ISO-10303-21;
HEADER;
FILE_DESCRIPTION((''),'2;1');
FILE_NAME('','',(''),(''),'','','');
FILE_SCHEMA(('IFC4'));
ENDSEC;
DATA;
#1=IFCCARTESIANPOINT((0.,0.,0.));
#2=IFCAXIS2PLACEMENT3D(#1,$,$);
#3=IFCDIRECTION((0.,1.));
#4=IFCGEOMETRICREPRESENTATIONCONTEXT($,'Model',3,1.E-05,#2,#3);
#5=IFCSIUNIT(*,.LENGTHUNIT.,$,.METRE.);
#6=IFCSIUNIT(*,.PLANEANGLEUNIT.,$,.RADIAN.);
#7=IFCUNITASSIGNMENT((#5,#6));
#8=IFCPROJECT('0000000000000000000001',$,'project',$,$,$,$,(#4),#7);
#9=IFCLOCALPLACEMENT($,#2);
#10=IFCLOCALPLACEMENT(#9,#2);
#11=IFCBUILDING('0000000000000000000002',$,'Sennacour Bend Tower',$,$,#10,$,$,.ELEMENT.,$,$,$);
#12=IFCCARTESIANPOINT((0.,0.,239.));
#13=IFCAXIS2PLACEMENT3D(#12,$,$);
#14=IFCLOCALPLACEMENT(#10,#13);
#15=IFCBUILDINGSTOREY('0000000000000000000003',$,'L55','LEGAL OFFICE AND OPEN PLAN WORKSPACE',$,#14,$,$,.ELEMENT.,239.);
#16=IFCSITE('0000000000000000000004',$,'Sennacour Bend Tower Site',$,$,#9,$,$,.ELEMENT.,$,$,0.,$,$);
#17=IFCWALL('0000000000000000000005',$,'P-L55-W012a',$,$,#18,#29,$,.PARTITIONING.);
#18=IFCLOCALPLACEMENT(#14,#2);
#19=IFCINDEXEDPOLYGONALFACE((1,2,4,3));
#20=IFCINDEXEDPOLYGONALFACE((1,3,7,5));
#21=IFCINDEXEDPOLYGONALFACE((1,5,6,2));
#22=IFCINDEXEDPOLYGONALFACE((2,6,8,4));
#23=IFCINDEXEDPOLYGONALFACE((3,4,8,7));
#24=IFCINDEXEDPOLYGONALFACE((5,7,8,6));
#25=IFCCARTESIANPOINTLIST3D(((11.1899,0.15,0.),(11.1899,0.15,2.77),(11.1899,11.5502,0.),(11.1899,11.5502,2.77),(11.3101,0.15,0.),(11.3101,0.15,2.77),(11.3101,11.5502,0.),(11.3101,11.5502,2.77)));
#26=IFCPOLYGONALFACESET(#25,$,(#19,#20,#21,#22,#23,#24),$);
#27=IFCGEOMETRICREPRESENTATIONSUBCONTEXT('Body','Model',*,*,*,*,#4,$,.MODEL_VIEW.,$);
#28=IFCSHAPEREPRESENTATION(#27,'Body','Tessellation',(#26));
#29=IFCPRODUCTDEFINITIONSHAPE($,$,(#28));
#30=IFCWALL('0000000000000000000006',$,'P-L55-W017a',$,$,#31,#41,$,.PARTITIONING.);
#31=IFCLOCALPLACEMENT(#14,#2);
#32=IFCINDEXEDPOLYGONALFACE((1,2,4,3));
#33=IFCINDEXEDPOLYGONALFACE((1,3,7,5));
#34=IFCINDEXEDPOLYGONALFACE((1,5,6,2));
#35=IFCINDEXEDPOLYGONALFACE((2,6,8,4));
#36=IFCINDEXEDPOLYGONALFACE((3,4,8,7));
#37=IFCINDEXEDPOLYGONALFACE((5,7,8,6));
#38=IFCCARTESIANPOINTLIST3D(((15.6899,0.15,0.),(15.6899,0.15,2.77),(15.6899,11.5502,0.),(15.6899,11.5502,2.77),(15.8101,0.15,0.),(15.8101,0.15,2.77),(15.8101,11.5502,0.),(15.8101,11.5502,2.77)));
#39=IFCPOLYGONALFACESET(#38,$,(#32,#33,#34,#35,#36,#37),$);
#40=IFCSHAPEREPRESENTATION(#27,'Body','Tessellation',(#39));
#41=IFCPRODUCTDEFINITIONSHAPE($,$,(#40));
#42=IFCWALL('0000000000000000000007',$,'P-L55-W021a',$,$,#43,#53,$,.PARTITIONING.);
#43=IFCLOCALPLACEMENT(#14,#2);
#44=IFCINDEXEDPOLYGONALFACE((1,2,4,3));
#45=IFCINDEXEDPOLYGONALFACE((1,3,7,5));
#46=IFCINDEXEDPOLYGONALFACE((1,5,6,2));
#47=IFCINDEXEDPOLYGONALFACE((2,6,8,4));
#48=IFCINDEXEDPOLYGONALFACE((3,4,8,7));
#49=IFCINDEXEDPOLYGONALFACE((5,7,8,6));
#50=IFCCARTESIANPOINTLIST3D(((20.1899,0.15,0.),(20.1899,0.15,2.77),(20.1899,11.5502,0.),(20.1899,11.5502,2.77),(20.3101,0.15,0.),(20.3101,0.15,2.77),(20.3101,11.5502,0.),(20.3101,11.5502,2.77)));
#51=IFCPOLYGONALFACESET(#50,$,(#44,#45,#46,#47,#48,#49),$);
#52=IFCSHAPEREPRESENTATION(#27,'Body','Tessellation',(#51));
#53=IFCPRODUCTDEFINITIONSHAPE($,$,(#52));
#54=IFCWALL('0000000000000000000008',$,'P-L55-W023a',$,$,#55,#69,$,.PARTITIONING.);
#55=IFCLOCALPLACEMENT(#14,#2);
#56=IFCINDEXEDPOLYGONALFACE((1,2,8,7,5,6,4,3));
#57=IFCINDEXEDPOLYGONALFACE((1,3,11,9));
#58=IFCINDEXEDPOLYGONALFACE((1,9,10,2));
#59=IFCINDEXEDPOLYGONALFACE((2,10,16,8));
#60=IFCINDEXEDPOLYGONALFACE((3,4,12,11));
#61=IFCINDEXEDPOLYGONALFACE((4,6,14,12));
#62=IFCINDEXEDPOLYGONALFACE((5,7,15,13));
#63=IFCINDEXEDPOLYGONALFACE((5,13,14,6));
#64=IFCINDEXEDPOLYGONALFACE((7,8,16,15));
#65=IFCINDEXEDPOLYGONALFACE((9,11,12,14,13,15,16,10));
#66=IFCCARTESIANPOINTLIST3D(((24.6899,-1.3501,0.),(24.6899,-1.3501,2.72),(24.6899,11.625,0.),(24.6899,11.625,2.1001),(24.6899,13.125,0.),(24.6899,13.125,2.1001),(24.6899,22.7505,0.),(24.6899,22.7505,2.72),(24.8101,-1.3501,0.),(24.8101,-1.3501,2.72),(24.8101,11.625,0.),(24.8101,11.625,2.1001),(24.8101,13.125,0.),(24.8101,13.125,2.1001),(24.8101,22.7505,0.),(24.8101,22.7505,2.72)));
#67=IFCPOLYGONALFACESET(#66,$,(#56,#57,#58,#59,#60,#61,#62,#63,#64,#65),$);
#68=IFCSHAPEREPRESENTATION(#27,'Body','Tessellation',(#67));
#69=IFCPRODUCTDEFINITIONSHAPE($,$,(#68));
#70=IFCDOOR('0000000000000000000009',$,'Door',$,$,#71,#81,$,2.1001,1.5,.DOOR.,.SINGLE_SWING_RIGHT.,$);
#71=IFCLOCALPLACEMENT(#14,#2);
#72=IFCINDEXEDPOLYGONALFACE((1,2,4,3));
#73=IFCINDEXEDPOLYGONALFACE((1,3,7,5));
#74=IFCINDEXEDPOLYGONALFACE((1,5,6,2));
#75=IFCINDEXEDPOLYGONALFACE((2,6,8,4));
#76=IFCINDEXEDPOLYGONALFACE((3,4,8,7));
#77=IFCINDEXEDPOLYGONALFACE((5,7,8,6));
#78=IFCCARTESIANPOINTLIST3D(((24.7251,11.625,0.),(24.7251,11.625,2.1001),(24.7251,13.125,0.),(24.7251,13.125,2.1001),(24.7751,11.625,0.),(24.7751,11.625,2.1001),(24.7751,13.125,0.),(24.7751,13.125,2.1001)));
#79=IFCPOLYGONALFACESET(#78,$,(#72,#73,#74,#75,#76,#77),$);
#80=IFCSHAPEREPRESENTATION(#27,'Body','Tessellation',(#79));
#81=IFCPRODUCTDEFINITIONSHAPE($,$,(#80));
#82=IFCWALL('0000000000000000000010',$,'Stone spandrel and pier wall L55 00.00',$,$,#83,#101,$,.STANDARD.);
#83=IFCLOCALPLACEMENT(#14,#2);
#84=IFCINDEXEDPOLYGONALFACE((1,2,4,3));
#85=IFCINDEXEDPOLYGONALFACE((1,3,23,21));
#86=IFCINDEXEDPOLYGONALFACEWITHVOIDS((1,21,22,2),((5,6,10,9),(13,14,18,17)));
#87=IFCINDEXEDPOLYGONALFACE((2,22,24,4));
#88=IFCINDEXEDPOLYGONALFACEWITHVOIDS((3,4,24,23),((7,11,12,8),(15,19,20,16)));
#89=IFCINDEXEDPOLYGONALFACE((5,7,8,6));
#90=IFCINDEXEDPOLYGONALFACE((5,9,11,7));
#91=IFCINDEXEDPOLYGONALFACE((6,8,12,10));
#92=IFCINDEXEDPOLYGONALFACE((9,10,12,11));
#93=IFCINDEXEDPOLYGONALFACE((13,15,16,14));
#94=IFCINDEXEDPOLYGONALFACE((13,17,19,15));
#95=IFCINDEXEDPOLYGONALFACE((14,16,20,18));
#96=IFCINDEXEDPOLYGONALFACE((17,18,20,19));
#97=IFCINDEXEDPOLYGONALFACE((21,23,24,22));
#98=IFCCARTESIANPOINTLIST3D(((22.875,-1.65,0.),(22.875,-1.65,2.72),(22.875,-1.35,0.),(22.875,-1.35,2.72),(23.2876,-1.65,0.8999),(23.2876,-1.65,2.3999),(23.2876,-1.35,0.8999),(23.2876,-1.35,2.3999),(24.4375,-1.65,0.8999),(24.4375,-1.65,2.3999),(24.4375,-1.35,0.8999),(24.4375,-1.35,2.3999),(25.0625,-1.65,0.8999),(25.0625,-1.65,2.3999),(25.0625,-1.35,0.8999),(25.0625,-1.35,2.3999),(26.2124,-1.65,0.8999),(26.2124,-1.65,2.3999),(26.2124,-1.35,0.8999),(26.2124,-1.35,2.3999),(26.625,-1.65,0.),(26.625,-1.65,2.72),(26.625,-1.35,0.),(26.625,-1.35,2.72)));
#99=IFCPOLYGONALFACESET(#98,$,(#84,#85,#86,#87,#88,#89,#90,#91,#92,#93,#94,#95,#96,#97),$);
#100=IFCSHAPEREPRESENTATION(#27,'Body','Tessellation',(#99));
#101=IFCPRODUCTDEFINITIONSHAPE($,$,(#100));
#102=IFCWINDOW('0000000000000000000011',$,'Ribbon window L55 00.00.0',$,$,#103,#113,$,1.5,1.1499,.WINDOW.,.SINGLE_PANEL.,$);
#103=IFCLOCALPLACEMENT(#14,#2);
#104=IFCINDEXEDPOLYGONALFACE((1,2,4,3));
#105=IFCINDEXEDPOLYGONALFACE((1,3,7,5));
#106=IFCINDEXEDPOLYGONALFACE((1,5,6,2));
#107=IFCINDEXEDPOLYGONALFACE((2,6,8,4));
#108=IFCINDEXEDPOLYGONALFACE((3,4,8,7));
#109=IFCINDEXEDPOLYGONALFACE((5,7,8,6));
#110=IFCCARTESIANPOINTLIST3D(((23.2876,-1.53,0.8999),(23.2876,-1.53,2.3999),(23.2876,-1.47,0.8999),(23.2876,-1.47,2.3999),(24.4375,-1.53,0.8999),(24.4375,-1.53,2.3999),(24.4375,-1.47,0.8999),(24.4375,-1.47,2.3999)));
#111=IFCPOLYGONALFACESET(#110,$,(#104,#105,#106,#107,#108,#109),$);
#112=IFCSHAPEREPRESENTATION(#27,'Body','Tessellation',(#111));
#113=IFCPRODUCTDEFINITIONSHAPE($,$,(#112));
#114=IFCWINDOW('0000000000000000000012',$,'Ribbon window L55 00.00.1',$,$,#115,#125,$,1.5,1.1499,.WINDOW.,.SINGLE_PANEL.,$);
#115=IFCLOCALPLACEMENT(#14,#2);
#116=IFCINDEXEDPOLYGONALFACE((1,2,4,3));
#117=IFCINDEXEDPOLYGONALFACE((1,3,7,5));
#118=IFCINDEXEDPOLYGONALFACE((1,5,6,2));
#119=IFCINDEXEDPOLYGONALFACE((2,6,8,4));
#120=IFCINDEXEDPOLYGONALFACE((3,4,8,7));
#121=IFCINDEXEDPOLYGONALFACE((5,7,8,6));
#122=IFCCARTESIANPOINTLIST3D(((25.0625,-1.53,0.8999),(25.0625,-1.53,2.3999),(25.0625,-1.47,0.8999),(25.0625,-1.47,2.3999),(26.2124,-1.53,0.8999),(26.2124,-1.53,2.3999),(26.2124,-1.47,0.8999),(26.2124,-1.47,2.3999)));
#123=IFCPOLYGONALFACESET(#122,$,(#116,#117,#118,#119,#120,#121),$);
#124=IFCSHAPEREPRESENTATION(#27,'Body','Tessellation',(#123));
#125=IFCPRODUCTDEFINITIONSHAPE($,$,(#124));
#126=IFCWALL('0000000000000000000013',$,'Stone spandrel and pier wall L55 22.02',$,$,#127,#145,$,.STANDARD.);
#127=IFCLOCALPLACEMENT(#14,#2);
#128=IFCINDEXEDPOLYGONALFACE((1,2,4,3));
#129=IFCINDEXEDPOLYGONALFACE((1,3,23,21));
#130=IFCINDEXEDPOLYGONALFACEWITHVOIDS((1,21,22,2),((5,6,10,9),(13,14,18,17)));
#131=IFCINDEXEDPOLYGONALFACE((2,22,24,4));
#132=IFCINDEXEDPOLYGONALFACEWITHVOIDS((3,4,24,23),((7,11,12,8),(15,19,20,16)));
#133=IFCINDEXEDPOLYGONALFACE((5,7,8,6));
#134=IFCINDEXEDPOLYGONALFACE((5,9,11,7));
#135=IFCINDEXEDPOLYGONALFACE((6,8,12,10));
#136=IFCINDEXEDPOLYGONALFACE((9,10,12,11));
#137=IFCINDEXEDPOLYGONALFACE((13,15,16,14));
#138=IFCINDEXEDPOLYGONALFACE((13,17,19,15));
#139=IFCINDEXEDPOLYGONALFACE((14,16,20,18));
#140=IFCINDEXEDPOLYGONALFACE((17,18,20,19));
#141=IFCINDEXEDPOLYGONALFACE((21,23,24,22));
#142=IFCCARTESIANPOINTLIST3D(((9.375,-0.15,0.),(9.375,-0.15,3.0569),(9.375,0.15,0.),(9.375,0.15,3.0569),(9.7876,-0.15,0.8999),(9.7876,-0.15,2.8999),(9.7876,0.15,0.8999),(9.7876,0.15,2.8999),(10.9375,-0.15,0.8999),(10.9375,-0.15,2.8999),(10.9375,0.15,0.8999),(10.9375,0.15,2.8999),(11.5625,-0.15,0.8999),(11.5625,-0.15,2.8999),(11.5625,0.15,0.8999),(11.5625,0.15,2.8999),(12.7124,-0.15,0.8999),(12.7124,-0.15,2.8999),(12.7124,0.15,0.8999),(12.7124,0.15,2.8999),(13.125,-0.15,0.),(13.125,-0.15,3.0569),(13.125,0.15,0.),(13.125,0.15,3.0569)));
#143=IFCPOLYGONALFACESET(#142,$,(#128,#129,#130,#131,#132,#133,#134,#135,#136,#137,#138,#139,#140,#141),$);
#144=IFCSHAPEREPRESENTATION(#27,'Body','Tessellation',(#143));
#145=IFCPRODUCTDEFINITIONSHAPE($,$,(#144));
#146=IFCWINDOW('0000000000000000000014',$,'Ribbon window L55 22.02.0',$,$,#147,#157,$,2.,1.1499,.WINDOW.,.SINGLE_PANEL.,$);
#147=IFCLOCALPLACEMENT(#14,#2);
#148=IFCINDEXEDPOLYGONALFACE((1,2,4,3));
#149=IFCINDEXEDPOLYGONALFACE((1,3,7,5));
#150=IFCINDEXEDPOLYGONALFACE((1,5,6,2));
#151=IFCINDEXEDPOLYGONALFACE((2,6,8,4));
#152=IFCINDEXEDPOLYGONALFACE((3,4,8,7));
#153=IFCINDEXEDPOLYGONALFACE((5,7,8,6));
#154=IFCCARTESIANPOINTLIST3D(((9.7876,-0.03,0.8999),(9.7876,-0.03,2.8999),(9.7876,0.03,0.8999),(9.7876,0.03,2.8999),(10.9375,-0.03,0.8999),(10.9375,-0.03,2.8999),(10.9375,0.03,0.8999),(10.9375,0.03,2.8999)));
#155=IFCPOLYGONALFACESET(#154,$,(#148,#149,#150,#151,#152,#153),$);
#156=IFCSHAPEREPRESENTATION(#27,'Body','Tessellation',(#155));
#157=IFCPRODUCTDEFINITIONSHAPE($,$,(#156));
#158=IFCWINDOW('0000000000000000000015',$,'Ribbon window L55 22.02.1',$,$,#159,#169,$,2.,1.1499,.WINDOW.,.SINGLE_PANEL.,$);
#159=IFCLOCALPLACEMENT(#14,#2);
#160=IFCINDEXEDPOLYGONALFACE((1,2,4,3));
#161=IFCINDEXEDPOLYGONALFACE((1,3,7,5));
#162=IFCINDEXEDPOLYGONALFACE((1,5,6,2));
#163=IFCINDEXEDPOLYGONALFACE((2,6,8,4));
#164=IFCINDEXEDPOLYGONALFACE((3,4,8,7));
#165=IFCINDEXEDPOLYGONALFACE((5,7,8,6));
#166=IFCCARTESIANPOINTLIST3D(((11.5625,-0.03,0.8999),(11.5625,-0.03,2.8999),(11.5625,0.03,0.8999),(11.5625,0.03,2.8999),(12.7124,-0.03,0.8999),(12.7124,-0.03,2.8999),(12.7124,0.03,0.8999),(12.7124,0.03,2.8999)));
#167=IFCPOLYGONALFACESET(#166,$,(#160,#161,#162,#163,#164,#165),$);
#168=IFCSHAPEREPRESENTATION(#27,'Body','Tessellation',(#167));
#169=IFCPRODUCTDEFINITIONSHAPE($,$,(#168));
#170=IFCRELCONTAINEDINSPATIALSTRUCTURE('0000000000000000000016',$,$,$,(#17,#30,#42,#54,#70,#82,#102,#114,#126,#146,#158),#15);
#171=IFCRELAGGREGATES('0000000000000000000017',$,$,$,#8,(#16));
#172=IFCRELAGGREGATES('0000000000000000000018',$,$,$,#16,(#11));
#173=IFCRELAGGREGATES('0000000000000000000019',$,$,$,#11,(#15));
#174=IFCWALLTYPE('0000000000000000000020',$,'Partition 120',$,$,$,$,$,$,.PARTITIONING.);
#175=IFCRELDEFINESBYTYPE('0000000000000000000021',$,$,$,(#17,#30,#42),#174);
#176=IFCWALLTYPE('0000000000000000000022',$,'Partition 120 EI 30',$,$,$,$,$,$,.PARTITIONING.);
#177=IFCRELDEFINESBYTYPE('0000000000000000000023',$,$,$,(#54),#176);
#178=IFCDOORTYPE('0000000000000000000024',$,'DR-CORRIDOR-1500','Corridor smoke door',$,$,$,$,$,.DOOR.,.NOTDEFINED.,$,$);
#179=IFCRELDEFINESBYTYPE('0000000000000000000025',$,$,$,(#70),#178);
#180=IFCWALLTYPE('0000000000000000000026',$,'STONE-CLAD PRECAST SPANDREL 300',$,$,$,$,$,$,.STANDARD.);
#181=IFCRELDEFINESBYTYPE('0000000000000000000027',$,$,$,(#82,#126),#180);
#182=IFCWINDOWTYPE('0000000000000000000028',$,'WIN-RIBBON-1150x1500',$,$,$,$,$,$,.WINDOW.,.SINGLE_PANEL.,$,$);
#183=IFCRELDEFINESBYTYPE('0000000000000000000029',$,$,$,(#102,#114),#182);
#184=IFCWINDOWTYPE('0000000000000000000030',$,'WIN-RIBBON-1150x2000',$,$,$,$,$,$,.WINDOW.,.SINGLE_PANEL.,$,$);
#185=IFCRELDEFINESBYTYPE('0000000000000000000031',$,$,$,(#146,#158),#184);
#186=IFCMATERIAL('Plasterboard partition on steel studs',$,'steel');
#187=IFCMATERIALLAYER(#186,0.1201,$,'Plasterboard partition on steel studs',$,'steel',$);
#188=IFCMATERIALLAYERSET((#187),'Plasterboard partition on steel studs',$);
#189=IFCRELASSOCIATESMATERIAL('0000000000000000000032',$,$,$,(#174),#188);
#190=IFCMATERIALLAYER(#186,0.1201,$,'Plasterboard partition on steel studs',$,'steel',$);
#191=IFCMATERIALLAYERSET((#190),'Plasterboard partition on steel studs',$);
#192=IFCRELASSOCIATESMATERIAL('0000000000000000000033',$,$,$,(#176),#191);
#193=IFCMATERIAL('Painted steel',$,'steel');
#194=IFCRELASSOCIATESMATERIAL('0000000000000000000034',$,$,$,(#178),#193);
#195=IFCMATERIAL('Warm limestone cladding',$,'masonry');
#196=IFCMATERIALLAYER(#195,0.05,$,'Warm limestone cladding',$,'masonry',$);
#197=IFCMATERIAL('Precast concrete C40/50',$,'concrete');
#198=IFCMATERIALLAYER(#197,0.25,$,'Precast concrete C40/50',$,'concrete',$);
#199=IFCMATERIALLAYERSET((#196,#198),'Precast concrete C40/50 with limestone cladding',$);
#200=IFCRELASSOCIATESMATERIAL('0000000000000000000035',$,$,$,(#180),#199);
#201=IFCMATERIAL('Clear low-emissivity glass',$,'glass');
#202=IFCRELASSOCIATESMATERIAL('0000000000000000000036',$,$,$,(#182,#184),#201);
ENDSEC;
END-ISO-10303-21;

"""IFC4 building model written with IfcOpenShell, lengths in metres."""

from ifc_helpers import new_model, si_unit, direction, frame, frame_2d, origin, place, context, subcontext, project, spatial, rectangle, extrude, material, layer, layer_set, type_object, element, fill, save


model = new_model("IFC4")

# Units and contexts
model_context = context("Model", 3, precision=1e-05, world=origin(), true_north=direction((0.0, 1.0)))
body_context = subcontext(model_context, "Body", "Model", "MODEL_VIEW")
ifc_project = project(units=[si_unit("LENGTHUNIT", "METRE"), si_unit("PLANEANGLEUNIT", "RADIAN")], contexts=[model_context])

# Site, building, storey
site_placement = place(None, origin())
site = spatial("IfcSite", under=ifc_project, at=site_placement, Name="Sennacour Bend Tower Site", CompositionType="ELEMENT", RefElevation=0.0)
building_placement = place(site_placement, origin())
building = spatial("IfcBuilding", under=site, at=building_placement, Name="Sennacour Bend Tower", CompositionType="ELEMENT")
storey_placement = place(building_placement, frame((0.0, 0.0, 239.0)))
storey = spatial("IfcBuildingStorey", under=building, at=storey_placement, Name="L55", Description="LEGAL OFFICE AND OPEN PLAN WORKSPACE", CompositionType="ELEMENT", Elevation=239.0)

# Walls
ifc_material_1 = material(Name="Plasterboard partition on steel studs", Category="steel")
ifc_layer_1 = layer(ifc_material_1, 0.1201, Name="Plasterboard partition on steel studs", Category="steel")
ifc_layer_set_1 = layer_set([ifc_layer_1], Name="Plasterboard partition on steel studs")
wall_type_1 = type_object("IfcWallType", Name="Partition 120", PredefinedType="PARTITIONING", material=ifc_layer_set_1)
for number, where, z_axis, x_axis, name in (
    (1, (11.25, 0.1499, 0.0), (0.0, 0.0, 1.0), (0.0, 1.0, 0.0), "P-L55-W012a"),
    (2, (15.75, 0.1499, 0.0), (0.0, 0.0, 1.0), (0.0, 1.0, 0.0), "P-L55-W017a"),
    (3, (20.25, 0.1499, 0.0), (0.0, 0.0, 1.0), (0.0, 1.0, 0.0), "P-L55-W021a"),
):
    element("IfcWall", number, at=place(storey_placement, frame(where, z_axis=z_axis, x_axis=x_axis)), inside=storey, type_object=wall_type_1, Name=name, PredefinedType="PARTITIONING", context=body_context, shape_type="SweptSolid", body=[
        extrude(rectangle(XDim=11.4001, YDim=0.1201, at=frame_2d((5.7002, 0.0))), origin(), (0.0, 0.0, 1.0), 2.77),
    ])

# Wall, opening, door
ifc_layer_2 = layer(ifc_material_1, 0.1201, Name="Plasterboard partition on steel studs", Category="steel")
ifc_layer_set_2 = layer_set([ifc_layer_2], Name="Plasterboard partition on steel studs")
wall_type_2 = type_object("IfcWallType", Name="Partition 120 EI 30", PredefinedType="PARTITIONING", material=ifc_layer_set_2)
wall_1_placement = place(storey_placement, frame((24.75, -1.3501, 0.0), z_axis=(0.0, 0.0, 1.0), x_axis=(0.0, 1.0, 0.0)))
wall_1 = element("IfcWall", 4, at=wall_1_placement, inside=storey, type_object=wall_type_2, Name="P-L55-W023a", PredefinedType="PARTITIONING", context=body_context, shape_type="SweptSolid", body=[
    extrude(rectangle(XDim=24.1006, YDim=0.1201, at=frame_2d((12.0503, 0.0))), origin(), (0.0, 0.0, 1.0), 2.72),
])
opening_1_placement = place(wall_1_placement, frame((12.9751, 0.0, 0.0)))
opening_1 = element("IfcOpeningElement", 5, at=opening_1_placement, cuts=wall_1, PredefinedType="OPENING", context=body_context, shape_type="SweptSolid", body=[
    extrude(rectangle(XDim=1.5, YDim=2.1001, at=frame_2d((0.75, 1.05))), frame((0.0, 0.0701, 0.0), z_axis=(0.0, -1.0, 0.0), x_axis=(1.0, 0.0, 0.0)), (0.0, 0.0, 1.0), 0.1401),
])
ifc_material_2 = material(Name="Painted steel", Category="steel")
door_type = type_object("IfcDoorType", Name="DR-CORRIDOR-1500", Description="Corridor smoke door", OperationType="NOTDEFINED", PredefinedType="DOOR", material=ifc_material_2)
door_placement = place(opening_1_placement, origin())
door = element("IfcDoor", 6, at=door_placement, inside=storey, type_object=door_type, Name="Door", OperationType="SINGLE_SWING_RIGHT", OverallHeight=2.1001, OverallWidth=1.5, PredefinedType="DOOR", context=body_context, shape_type="SweptSolid", body=[
    extrude(rectangle(XDim=1.5, YDim=2.1001, at=frame_2d((0.75, 1.05))), frame((0.0, 0.0249, 0.0), z_axis=(0.0, -1.0, 0.0), x_axis=(1.0, 0.0, 0.0)), (0.0, 0.0, 1.0), 0.05),
])
fill(opening_1, door)

# Walls, openings, windows
ifc_material_3 = material(Name="Warm limestone cladding", Category="masonry")
ifc_layer_3 = layer(ifc_material_3, 0.05, Name="Warm limestone cladding", Category="masonry")
ifc_material_4 = material(Name="Precast concrete C40/50", Category="concrete")
ifc_layer_4 = layer(ifc_material_4, 0.25, Name="Precast concrete C40/50", Category="concrete")
ifc_layer_set_3 = layer_set([ifc_layer_3, ifc_layer_4], Name="Precast concrete C40/50 with limestone cladding")
wall_type_3 = type_object("IfcWallType", Name="STONE-CLAD PRECAST SPANDREL 300", PredefinedType="STANDARD", material=ifc_layer_set_3)
wall_2_placement = place(storey_placement, frame((22.875, -1.5, 0.0), z_axis=(0.0, 0.0, 1.0), x_axis=(1.0, 0.0, 0.0)))
wall_2 = element("IfcWall", 7, at=wall_2_placement, inside=storey, type_object=wall_type_3, Name="Stone spandrel and pier wall L55 00.00", PredefinedType="STANDARD", context=body_context, shape_type="SweptSolid", body=[
    extrude(rectangle(XDim=3.75, YDim=0.3, at=frame_2d((1.875, 0.0))), origin(), (0.0, 0.0, 1.0), 2.72),
])
opening_2_placement = place(wall_2_placement, frame((0.4126, 0.0, 0.8999)))
opening_2 = element("IfcOpeningElement", 8, at=opening_2_placement, cuts=wall_2, PredefinedType="OPENING", context=body_context, shape_type="SweptSolid", body=[
    extrude(rectangle(XDim=1.1499, YDim=1.5, at=frame_2d((0.575, 0.75))), frame((0.0, 0.1602, 0.0), z_axis=(0.0, -1.0, 0.0), x_axis=(1.0, 0.0, 0.0)), (0.0, 0.0, 1.0), 0.3201),
])
opening_3_placement = place(wall_2_placement, frame((2.1875, 0.0, 0.8999)))
opening_3 = element("IfcOpeningElement", 9, at=opening_3_placement, cuts=wall_2, PredefinedType="OPENING", context=body_context, shape_type="SweptSolid", body=[
    extrude(rectangle(XDim=1.1499, YDim=1.5, at=frame_2d((0.575, 0.75))), frame((0.0, 0.1602, 0.0), z_axis=(0.0, -1.0, 0.0), x_axis=(1.0, 0.0, 0.0)), (0.0, 0.0, 1.0), 0.3201),
])
ifc_material_5 = material(Name="Clear low-emissivity glass", Category="glass")
window_type_1 = type_object("IfcWindowType", Name="WIN-RIBBON-1150x1500", PartitioningType="SINGLE_PANEL", PredefinedType="WINDOW", material=ifc_material_5)
window_1_placement = place(opening_2_placement, origin())
window_1 = element("IfcWindow", 10, at=window_1_placement, inside=storey, type_object=window_type_1, Name="Ribbon window L55 00.00.0", OverallHeight=1.5, OverallWidth=1.1499, PartitioningType="SINGLE_PANEL", PredefinedType="WINDOW", context=body_context, shape_type="SweptSolid", body=[
    extrude(rectangle(XDim=1.1499, YDim=1.5, at=frame_2d((0.575, 0.75))), frame((0.0, 0.03, 0.0), z_axis=(0.0, -1.0, 0.0), x_axis=(1.0, 0.0, 0.0)), (0.0, 0.0, 1.0), 0.0601),
])
fill(opening_2, window_1)
window_2_placement = place(opening_3_placement, origin())
window_2 = element("IfcWindow", 11, at=window_2_placement, inside=storey, type_object=window_type_1, Name="Ribbon window L55 00.00.1", OverallHeight=1.5, OverallWidth=1.1499, PartitioningType="SINGLE_PANEL", PredefinedType="WINDOW", context=body_context, shape_type="SweptSolid", body=[
    extrude(rectangle(XDim=1.1499, YDim=1.5, at=frame_2d((0.575, 0.75))), frame((0.0, 0.03, 0.0), z_axis=(0.0, -1.0, 0.0), x_axis=(1.0, 0.0, 0.0)), (0.0, 0.0, 1.0), 0.0601),
])
fill(opening_3, window_2)
wall_3_placement = place(storey_placement, frame((9.375, 0.0, 0.0), z_axis=(0.0, 0.0, 1.0), x_axis=(1.0, 0.0, 0.0)))
wall_3 = element("IfcWall", 12, at=wall_3_placement, inside=storey, type_object=wall_type_3, Name="Stone spandrel and pier wall L55 22.02", PredefinedType="STANDARD", context=body_context, shape_type="SweptSolid", body=[
    extrude(rectangle(XDim=3.75, YDim=0.3, at=frame_2d((1.875, 0.0))), origin(), (0.0, 0.0, 1.0), 3.0569),
])
opening_4_placement = place(wall_3_placement, frame((0.4126, 0.0, 0.8999)))
opening_4 = element("IfcOpeningElement", 13, at=opening_4_placement, cuts=wall_3, PredefinedType="OPENING", context=body_context, shape_type="SweptSolid", body=[
    extrude(rectangle(XDim=1.1499, YDim=2.0, at=frame_2d((0.575, 1.0))), frame((0.0, 0.1602, 0.0), z_axis=(0.0, -1.0, 0.0), x_axis=(1.0, 0.0, 0.0)), (0.0, 0.0, 1.0), 0.3201),
])
opening_5_placement = place(wall_3_placement, frame((2.1875, 0.0, 0.8999)))
opening_5 = element("IfcOpeningElement", 14, at=opening_5_placement, cuts=wall_3, PredefinedType="OPENING", context=body_context, shape_type="SweptSolid", body=[
    extrude(rectangle(XDim=1.1499, YDim=2.0, at=frame_2d((0.575, 1.0))), frame((0.0, 0.1602, 0.0), z_axis=(0.0, -1.0, 0.0), x_axis=(1.0, 0.0, 0.0)), (0.0, 0.0, 1.0), 0.3201),
])
window_type_2 = type_object("IfcWindowType", Name="WIN-RIBBON-1150x2000", PartitioningType="SINGLE_PANEL", PredefinedType="WINDOW", material=ifc_material_5)
window_3_placement = place(opening_4_placement, origin())
window_3 = element("IfcWindow", 15, at=window_3_placement, inside=storey, type_object=window_type_2, Name="Ribbon window L55 22.02.0", OverallHeight=2.0, OverallWidth=1.1499, PartitioningType="SINGLE_PANEL", PredefinedType="WINDOW", context=body_context, shape_type="SweptSolid", body=[
    extrude(rectangle(XDim=1.1499, YDim=2.0, at=frame_2d((0.575, 1.0))), frame((0.0, 0.03, 0.0), z_axis=(0.0, -1.0, 0.0), x_axis=(1.0, 0.0, 0.0)), (0.0, 0.0, 1.0), 0.0601),
])
fill(opening_4, window_3)
window_4_placement = place(opening_5_placement, origin())
window_4 = element("IfcWindow", 16, at=window_4_placement, inside=storey, type_object=window_type_2, Name="Ribbon window L55 22.02.1", OverallHeight=2.0, OverallWidth=1.1499, PartitioningType="SINGLE_PANEL", PredefinedType="WINDOW", context=body_context, shape_type="SweptSolid", body=[
    extrude(rectangle(XDim=1.1499, YDim=2.0, at=frame_2d((0.575, 1.0))), frame((0.0, 0.03, 0.0), z_axis=(0.0, -1.0, 0.0), x_axis=(1.0, 0.0, 0.0)), (0.0, 0.0, 1.0), 0.0601),
])
fill(opening_5, window_4)

save(model, "model.ifc")
